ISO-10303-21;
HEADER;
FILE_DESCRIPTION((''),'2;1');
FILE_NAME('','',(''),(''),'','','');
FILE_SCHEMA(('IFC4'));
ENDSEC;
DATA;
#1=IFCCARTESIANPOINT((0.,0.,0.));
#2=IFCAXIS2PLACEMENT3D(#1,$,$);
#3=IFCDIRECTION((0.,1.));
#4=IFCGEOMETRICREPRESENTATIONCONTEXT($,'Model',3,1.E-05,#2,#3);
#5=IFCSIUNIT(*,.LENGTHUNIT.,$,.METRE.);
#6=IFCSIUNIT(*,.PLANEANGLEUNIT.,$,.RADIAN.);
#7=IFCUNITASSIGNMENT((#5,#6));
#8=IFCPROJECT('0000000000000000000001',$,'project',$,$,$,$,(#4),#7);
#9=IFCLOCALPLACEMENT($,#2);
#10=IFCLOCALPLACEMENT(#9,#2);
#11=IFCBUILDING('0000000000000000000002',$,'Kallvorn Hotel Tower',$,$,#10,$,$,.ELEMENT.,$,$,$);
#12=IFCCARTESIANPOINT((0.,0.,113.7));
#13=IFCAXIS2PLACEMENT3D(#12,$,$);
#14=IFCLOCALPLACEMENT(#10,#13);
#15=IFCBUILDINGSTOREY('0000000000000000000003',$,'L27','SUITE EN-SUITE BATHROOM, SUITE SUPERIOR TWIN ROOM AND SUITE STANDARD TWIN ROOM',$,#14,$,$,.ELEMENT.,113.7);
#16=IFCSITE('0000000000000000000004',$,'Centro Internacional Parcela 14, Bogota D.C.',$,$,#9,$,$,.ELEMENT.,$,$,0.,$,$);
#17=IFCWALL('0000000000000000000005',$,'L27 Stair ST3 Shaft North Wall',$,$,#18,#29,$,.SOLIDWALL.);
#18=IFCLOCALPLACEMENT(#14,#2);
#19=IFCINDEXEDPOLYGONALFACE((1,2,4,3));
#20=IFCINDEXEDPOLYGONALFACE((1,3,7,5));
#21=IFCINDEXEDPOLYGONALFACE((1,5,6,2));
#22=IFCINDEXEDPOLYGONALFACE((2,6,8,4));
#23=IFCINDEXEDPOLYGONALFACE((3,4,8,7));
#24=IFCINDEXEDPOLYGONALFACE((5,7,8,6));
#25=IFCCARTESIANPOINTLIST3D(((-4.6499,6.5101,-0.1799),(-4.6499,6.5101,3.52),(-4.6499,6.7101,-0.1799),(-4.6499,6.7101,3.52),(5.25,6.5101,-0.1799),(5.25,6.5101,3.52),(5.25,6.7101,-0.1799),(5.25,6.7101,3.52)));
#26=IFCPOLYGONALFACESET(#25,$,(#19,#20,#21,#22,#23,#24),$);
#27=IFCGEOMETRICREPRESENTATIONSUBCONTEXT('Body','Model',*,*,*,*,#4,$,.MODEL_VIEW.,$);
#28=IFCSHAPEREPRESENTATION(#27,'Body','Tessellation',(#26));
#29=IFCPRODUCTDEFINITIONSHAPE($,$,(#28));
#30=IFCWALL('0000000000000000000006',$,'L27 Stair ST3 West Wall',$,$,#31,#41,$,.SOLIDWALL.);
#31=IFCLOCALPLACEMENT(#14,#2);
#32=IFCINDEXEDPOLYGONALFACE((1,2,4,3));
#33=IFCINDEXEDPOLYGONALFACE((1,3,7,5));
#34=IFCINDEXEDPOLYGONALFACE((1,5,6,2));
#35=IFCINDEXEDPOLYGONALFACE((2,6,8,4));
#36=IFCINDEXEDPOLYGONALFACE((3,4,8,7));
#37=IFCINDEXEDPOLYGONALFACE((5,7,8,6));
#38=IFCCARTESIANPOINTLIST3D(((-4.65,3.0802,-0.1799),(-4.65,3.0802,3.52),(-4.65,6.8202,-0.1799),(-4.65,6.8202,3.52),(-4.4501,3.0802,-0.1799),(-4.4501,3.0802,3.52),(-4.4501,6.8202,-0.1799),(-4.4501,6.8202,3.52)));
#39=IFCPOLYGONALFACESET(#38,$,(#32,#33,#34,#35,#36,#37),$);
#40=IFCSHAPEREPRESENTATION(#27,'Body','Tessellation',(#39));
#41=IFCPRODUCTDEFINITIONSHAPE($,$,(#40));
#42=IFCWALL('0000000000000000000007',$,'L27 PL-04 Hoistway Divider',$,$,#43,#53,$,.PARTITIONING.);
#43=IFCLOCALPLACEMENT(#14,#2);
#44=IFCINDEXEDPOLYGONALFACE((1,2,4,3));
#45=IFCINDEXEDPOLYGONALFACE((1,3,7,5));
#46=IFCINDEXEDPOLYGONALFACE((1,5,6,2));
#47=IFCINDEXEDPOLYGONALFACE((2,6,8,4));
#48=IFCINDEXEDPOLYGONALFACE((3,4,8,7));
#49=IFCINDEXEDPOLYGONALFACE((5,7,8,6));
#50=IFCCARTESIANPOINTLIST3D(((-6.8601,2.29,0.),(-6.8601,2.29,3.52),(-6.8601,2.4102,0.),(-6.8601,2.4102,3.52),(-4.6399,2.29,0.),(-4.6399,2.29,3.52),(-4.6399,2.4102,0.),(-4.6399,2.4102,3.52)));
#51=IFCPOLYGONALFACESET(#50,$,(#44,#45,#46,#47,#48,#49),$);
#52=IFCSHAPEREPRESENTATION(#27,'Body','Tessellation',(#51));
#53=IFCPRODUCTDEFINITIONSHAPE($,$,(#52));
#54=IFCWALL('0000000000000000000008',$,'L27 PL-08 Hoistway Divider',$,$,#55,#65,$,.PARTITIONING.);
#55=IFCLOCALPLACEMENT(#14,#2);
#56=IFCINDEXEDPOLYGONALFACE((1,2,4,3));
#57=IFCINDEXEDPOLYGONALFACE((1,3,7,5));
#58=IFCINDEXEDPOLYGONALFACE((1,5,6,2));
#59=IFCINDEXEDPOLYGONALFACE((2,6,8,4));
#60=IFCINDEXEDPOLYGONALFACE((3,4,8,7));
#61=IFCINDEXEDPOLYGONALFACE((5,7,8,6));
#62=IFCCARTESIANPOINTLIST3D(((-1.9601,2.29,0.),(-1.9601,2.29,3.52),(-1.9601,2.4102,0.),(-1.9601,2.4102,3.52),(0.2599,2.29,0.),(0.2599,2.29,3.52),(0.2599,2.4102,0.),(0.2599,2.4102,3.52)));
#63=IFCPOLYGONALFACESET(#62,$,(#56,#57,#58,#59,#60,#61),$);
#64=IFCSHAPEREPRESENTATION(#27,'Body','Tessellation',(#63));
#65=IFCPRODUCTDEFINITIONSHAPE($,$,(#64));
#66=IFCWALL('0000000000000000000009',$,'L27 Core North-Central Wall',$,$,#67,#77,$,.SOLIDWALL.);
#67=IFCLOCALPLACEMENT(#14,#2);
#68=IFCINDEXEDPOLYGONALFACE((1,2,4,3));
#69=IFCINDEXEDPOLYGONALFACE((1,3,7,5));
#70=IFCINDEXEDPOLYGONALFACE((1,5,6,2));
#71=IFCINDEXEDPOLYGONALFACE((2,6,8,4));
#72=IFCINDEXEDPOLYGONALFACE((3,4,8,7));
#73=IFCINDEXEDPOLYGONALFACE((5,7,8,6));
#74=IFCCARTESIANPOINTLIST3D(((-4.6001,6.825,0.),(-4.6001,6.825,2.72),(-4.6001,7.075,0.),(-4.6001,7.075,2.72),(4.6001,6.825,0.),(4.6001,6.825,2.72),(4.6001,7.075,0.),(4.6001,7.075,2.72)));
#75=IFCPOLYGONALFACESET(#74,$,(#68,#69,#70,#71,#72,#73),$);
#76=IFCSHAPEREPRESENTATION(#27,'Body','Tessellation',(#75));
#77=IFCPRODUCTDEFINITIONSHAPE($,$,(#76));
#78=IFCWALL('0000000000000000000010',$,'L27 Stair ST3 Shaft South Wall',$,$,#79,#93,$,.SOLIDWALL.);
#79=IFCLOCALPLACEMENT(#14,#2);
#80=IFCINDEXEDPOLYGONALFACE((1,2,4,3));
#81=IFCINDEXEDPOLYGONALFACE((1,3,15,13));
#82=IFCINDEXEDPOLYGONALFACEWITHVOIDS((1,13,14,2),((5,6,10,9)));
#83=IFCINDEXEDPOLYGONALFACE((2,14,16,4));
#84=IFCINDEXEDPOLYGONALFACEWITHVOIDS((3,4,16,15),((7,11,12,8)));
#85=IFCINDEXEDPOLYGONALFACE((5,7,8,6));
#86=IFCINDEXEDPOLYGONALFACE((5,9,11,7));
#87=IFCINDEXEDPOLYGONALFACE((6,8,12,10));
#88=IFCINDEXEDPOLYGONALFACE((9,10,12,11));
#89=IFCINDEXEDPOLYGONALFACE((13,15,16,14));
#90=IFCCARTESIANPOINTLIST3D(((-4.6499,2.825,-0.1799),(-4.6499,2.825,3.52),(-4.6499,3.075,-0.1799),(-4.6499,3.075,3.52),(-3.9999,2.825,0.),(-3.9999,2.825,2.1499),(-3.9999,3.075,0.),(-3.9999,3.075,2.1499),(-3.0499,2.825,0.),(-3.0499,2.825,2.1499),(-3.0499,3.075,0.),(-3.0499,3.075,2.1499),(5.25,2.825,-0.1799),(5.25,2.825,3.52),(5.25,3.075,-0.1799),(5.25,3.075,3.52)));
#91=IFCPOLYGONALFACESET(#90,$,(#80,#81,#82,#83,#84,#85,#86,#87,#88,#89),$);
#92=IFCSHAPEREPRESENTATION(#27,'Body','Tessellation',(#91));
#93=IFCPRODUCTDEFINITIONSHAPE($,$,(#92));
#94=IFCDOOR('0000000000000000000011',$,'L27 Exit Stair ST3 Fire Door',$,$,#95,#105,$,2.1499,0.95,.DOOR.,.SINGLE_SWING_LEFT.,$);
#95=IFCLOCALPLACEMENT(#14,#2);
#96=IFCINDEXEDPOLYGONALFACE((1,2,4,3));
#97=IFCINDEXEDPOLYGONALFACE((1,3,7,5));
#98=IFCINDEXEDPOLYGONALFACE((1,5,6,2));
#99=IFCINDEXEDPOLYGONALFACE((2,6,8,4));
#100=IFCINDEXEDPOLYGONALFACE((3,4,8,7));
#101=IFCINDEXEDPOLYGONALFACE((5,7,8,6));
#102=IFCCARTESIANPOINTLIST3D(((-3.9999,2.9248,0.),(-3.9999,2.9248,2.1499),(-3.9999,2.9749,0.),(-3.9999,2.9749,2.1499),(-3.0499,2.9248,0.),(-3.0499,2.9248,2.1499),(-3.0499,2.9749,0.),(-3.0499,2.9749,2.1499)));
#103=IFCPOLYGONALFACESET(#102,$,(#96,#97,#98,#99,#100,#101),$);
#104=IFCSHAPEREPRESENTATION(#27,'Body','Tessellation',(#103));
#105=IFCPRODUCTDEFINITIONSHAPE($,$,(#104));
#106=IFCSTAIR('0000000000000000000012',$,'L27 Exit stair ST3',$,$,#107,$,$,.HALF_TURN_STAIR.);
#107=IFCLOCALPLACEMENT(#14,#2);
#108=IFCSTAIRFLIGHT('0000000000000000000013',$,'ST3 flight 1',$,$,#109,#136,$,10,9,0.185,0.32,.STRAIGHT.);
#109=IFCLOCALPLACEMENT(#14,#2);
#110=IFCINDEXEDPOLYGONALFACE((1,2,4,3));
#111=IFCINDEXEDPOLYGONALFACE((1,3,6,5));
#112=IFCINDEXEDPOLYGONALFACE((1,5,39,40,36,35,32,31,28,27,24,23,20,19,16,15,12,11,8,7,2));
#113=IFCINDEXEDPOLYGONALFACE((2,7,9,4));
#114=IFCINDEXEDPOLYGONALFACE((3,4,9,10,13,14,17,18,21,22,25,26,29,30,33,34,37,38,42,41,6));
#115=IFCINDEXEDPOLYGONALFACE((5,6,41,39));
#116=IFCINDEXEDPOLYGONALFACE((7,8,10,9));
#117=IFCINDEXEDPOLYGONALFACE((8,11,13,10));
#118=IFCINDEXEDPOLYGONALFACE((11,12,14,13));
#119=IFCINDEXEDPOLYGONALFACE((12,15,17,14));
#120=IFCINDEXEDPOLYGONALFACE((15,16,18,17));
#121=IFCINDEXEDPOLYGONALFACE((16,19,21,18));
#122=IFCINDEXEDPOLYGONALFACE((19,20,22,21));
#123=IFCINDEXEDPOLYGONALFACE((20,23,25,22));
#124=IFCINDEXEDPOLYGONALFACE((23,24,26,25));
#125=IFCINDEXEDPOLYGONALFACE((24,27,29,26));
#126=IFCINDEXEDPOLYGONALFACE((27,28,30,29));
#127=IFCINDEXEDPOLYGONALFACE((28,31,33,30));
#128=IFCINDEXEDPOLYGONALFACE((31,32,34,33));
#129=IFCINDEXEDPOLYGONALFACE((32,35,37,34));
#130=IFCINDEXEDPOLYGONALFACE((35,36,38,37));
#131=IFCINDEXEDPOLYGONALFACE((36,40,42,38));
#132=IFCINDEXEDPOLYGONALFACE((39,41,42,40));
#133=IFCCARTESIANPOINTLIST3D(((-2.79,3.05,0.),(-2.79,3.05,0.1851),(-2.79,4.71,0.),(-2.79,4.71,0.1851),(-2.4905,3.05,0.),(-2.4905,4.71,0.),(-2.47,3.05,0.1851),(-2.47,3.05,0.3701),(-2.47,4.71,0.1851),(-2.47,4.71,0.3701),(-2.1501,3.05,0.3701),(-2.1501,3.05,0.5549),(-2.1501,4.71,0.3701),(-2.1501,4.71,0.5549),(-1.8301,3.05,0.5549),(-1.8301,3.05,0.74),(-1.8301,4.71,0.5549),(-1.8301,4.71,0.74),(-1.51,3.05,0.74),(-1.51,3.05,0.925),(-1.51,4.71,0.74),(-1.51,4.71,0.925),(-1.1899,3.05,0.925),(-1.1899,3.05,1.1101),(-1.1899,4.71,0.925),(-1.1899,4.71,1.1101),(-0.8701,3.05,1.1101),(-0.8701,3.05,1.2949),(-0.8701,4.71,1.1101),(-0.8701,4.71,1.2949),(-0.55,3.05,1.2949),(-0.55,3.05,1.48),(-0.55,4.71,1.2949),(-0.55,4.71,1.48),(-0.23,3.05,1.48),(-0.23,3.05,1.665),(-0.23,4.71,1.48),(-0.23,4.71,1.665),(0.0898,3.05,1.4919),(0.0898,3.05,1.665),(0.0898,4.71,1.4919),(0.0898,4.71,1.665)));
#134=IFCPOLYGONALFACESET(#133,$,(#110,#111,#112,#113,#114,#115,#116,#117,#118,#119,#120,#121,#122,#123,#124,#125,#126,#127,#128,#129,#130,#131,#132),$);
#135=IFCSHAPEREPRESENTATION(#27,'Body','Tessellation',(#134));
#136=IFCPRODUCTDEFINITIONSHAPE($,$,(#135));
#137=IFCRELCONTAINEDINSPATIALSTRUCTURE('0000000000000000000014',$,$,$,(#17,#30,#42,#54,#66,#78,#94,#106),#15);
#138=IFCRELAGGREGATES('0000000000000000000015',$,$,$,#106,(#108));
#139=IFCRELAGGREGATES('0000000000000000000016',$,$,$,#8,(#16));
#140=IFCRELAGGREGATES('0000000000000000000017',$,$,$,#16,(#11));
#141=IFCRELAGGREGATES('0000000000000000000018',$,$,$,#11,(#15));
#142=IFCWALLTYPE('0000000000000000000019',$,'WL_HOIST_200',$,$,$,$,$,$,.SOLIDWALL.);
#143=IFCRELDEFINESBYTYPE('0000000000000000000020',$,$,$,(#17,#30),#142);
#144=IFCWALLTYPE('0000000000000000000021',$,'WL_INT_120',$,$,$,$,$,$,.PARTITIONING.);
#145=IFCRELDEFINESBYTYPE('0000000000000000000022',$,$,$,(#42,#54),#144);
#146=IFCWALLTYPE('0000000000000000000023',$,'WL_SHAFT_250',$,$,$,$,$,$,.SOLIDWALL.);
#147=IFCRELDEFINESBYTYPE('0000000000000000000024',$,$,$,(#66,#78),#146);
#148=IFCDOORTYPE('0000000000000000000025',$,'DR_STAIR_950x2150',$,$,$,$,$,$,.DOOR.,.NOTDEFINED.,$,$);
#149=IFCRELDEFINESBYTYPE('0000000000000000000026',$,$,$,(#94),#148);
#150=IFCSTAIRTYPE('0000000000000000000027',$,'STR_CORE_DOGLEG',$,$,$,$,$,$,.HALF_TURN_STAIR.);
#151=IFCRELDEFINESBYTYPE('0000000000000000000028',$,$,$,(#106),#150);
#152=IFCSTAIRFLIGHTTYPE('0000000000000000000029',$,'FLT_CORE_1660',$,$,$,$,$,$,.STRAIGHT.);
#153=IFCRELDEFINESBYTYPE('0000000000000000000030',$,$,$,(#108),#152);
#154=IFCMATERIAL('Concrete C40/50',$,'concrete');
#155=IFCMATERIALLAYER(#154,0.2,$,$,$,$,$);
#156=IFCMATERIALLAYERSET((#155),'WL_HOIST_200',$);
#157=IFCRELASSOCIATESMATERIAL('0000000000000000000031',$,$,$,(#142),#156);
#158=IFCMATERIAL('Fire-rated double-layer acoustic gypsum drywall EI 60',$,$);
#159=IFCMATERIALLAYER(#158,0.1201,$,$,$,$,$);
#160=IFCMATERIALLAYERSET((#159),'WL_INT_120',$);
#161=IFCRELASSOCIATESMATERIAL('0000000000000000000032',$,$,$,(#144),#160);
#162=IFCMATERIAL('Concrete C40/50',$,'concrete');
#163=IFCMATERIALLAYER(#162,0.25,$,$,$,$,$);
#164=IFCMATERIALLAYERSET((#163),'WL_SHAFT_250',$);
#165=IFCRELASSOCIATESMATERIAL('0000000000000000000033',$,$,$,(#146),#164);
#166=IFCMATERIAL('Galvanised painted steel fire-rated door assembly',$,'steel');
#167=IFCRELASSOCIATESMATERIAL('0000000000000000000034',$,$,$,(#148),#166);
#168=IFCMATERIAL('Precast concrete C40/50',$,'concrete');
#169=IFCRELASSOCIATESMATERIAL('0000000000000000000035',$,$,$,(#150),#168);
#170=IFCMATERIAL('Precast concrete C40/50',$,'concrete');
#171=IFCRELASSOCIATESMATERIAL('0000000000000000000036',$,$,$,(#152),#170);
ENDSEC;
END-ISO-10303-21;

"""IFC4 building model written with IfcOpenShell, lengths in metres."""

from ifc_helpers import new_model, si_unit, direction, frame, frame_2d, origin, place, context, subcontext, project, spatial, polyline, rectangle, outline, extrude, material, layer, layer_set, type_object, element, fill, aggregate, save


model = new_model("IFC4")

# Units and contexts
model_context = context("Model", 3, precision=1e-05, world=origin(), true_north=direction((0.0, 1.0)))
body_context = subcontext(model_context, "Body", "Model", "MODEL_VIEW")
ifc_project = project(units=[si_unit("LENGTHUNIT", "METRE"), si_unit("PLANEANGLEUNIT", "RADIAN")], contexts=[model_context])

# Site, building, storey
site_placement = place(None, origin())
site = spatial("IfcSite", under=ifc_project, at=site_placement, Name="Centro Internacional Parcela 14, Bogota D.C.", CompositionType="ELEMENT", RefElevation=0.0)
building_placement = place(site_placement, origin())
building = spatial("IfcBuilding", under=site, at=building_placement, Name="Kallvorn Hotel Tower", CompositionType="ELEMENT")
storey_placement = place(building_placement, frame((0.0, 0.0, 113.7)))
storey = spatial("IfcBuildingStorey", under=building, at=storey_placement, Name="L27", Description="SUITE EN-SUITE BATHROOM, SUITE SUPERIOR TWIN ROOM AND SUITE STANDARD TWIN ROOM", CompositionType="ELEMENT", Elevation=113.7)

# Walls
ifc_material_1 = material(Name="Concrete C40/50", Category="concrete")
ifc_layer_1 = layer(ifc_material_1, 0.2)
ifc_layer_set_1 = layer_set([ifc_layer_1], Name="WL_HOIST_200")
wall_type_1 = type_object("IfcWallType", Name="WL_HOIST_200", PredefinedType="SOLIDWALL", material=ifc_layer_set_1)
wall_1_placement = place(storey_placement, frame((-4.6499, 6.6101, -0.1799), z_axis=(0.0, 0.0, 1.0), x_axis=(1.0, 0.0, 0.0)))
element("IfcWall", 1, at=wall_1_placement, inside=storey, type_object=wall_type_1, Name="L27 Stair ST3 Shaft North Wall", PredefinedType="SOLIDWALL", context=body_context, shape_type="SweptSolid", body=[
    extrude(rectangle(XDim=9.8999, YDim=0.2, at=frame_2d((4.95, 0.0))), origin(), (0.0, 0.0, 1.0), 3.7),
])
wall_2_placement = place(storey_placement, frame((-4.55, 3.0801, -0.1799), z_axis=(0.0, 0.0, 1.0), x_axis=(0.0, 1.0, 0.0)))
element("IfcWall", 2, at=wall_2_placement, inside=storey, type_object=wall_type_1, Name="L27 Stair ST3 West Wall", PredefinedType="SOLIDWALL", context=body_context, shape_type="SweptSolid", body=[
    extrude(rectangle(XDim=3.74, YDim=0.2, at=frame_2d((1.8701, 0.0))), origin(), (0.0, 0.0, 1.0), 3.7),
])
ifc_material_2 = material(Name="Fire-rated double-layer acoustic gypsum drywall EI 60")
ifc_layer_2 = layer(ifc_material_2, 0.1201)
ifc_layer_set_2 = layer_set([ifc_layer_2], Name="WL_INT_120")
wall_type_2 = type_object("IfcWallType", Name="WL_INT_120", PredefinedType="PARTITIONING", material=ifc_layer_set_2)
wall_3_placement = place(storey_placement, frame((-6.8601, 2.3501, 0.0), z_axis=(0.0, 0.0, 1.0), x_axis=(1.0, 0.0, 0.0)))
element("IfcWall", 3, at=wall_3_placement, inside=storey, type_object=wall_type_2, Name="L27 PL-04 Hoistway Divider", PredefinedType="PARTITIONING", context=body_context, shape_type="SweptSolid", body=[
    extrude(rectangle(XDim=2.2202, YDim=0.1201, at=frame_2d((1.1101, 0.0))), origin(), (0.0, 0.0, 1.0), 3.52),
])
wall_4_placement = place(storey_placement, frame((-1.96, 2.3501, 0.0), z_axis=(0.0, 0.0, 1.0), x_axis=(1.0, 0.0, 0.0)))
element("IfcWall", 4, at=wall_4_placement, inside=storey, type_object=wall_type_2, Name="L27 PL-08 Hoistway Divider", PredefinedType="PARTITIONING", context=body_context, shape_type="SweptSolid", body=[
    extrude(rectangle(XDim=2.22, YDim=0.1201, at=frame_2d((1.1099, 0.0))), origin(), (0.0, 0.0, 1.0), 3.52),
])
ifc_material_3 = material(Name="Concrete C40/50", Category="concrete")
ifc_layer_3 = layer(ifc_material_3, 0.25)
ifc_layer_set_3 = layer_set([ifc_layer_3], Name="WL_SHAFT_250")
wall_type_3 = type_object("IfcWallType", Name="WL_SHAFT_250", PredefinedType="SOLIDWALL", material=ifc_layer_set_3)
wall_5_placement = place(storey_placement, frame((-4.6001, 6.95, 0.0), z_axis=(0.0, 0.0, 1.0), x_axis=(1.0, 0.0, 0.0)))
element("IfcWall", 5, at=wall_5_placement, inside=storey, type_object=wall_type_3, Name="L27 Core North-Central Wall", PredefinedType="SOLIDWALL", context=body_context, shape_type="SweptSolid", body=[
    extrude(rectangle(XDim=9.2002, YDim=0.25, at=frame_2d((4.6001, 0.0))), origin(), (0.0, 0.0, 1.0), 2.72),
])

# Wall, opening, door
wall_6_placement = place(storey_placement, frame((-4.6499, 2.95, -0.1799), z_axis=(0.0, 0.0, 1.0), x_axis=(1.0, 0.0, 0.0)))
wall_6 = element("IfcWall", 6, at=wall_6_placement, inside=storey, type_object=wall_type_3, Name="L27 Stair ST3 Shaft South Wall", PredefinedType="SOLIDWALL", context=body_context, shape_type="SweptSolid", body=[
    extrude(rectangle(XDim=9.8999, YDim=0.25, at=frame_2d((4.95, 0.0))), origin(), (0.0, 0.0, 1.0), 3.7),
])
opening_placement = place(wall_6_placement, frame((0.6499, 0.0, 0.1799)))
opening = element("IfcOpeningElement", 7, at=opening_placement, cuts=wall_6, PredefinedType="OPENING", context=body_context, shape_type="SweptSolid", body=[
    extrude(rectangle(XDim=0.95, YDim=2.1499, at=frame_2d((0.4751, 1.075))), frame((0.0, 0.1399, 0.0), z_axis=(0.0, -1.0, 0.0), x_axis=(1.0, 0.0, 0.0)), (0.0, 0.0, 1.0), 0.28),
])
ifc_material_4 = material(Name="Galvanised painted steel fire-rated door assembly", Category="steel")
door_type = type_object("IfcDoorType", Name="DR_STAIR_950x2150", OperationType="NOTDEFINED", PredefinedType="DOOR", material=ifc_material_4)
door_placement = place(opening_placement, origin())
door = element("IfcDoor", 8, at=door_placement, inside=storey, type_object=door_type, Name="L27 Exit Stair ST3 Fire Door", OperationType="SINGLE_SWING_LEFT", OverallHeight=2.1499, OverallWidth=0.95, PredefinedType="DOOR", context=body_context, shape_type="SweptSolid", body=[
    extrude(rectangle(XDim=0.95, YDim=2.1499, at=frame_2d((0.4751, 1.075))), frame((0.0, 0.0249, 0.0), z_axis=(0.0, -1.0, 0.0), x_axis=(1.0, 0.0, 0.0)), (0.0, 0.0, 1.0), 0.05),
])
fill(opening, door)

# Stair, stair flight
ifc_material_5 = material(Name="Precast concrete C40/50", Category="concrete")
stair_type = type_object("IfcStairType", Name="STR_CORE_DOGLEG", PredefinedType="HALF_TURN_STAIR", material=ifc_material_5)
stair_placement = place(storey_placement, origin())
stair = element("IfcStair", 9, at=stair_placement, inside=storey, type_object=stair_type, Name="L27 Exit stair ST3", PredefinedType="HALF_TURN_STAIR")
ifc_material_6 = material(Name="Precast concrete C40/50", Category="concrete")
stair_flight_type = type_object("IfcStairFlightType", Name="FLT_CORE_1660", PredefinedType="STRAIGHT", material=ifc_material_6)
stair_flight_placement = place(storey_placement, frame((-2.79, 3.8799, 0.0), z_axis=(0.0, 0.0, 1.0), x_axis=(1.0, 0.0, 0.0)))
stair_flight = element("IfcStairFlight", 10, at=stair_flight_placement, type_object=stair_flight_type, Name="ST3 flight 1", NumberOfRisers=10, NumberOfTreads=9, PredefinedType="STRAIGHT", RiserHeight=0.185, TreadLength=0.32, context=body_context, shape_type="SweptSolid", body=[
    extrude(outline(polyline([(0.0, 0.0), (0.0, 0.1851), (0.3201, 0.1851), (0.3201, 0.3701), (0.6399, 0.3701), (0.6399, 0.5549), (0.96, 0.5549), (0.96, 0.74), (1.28, 0.74), (1.28, 0.925), (1.6001, 0.925), (1.6001, 1.1101), (1.9199, 1.1101), (1.9199, 1.2949), (2.24, 1.2949), (2.24, 1.48), (2.5601, 1.48), (2.5601, 1.665), (2.8799, 1.665), (2.8799, 1.8501), (2.8799, 1.4919), (0.2996, 0.0), (0.0, 0.0)])), frame((0.0, 0.8301, 0.0), z_axis=(0.0, -1.0, 0.0), x_axis=(1.0, 0.0, 0.0)), (0.0, 0.0, 1.0), 1.6599),
])
aggregate(stair, [stair_flight])

save(model, "model.ifc")
